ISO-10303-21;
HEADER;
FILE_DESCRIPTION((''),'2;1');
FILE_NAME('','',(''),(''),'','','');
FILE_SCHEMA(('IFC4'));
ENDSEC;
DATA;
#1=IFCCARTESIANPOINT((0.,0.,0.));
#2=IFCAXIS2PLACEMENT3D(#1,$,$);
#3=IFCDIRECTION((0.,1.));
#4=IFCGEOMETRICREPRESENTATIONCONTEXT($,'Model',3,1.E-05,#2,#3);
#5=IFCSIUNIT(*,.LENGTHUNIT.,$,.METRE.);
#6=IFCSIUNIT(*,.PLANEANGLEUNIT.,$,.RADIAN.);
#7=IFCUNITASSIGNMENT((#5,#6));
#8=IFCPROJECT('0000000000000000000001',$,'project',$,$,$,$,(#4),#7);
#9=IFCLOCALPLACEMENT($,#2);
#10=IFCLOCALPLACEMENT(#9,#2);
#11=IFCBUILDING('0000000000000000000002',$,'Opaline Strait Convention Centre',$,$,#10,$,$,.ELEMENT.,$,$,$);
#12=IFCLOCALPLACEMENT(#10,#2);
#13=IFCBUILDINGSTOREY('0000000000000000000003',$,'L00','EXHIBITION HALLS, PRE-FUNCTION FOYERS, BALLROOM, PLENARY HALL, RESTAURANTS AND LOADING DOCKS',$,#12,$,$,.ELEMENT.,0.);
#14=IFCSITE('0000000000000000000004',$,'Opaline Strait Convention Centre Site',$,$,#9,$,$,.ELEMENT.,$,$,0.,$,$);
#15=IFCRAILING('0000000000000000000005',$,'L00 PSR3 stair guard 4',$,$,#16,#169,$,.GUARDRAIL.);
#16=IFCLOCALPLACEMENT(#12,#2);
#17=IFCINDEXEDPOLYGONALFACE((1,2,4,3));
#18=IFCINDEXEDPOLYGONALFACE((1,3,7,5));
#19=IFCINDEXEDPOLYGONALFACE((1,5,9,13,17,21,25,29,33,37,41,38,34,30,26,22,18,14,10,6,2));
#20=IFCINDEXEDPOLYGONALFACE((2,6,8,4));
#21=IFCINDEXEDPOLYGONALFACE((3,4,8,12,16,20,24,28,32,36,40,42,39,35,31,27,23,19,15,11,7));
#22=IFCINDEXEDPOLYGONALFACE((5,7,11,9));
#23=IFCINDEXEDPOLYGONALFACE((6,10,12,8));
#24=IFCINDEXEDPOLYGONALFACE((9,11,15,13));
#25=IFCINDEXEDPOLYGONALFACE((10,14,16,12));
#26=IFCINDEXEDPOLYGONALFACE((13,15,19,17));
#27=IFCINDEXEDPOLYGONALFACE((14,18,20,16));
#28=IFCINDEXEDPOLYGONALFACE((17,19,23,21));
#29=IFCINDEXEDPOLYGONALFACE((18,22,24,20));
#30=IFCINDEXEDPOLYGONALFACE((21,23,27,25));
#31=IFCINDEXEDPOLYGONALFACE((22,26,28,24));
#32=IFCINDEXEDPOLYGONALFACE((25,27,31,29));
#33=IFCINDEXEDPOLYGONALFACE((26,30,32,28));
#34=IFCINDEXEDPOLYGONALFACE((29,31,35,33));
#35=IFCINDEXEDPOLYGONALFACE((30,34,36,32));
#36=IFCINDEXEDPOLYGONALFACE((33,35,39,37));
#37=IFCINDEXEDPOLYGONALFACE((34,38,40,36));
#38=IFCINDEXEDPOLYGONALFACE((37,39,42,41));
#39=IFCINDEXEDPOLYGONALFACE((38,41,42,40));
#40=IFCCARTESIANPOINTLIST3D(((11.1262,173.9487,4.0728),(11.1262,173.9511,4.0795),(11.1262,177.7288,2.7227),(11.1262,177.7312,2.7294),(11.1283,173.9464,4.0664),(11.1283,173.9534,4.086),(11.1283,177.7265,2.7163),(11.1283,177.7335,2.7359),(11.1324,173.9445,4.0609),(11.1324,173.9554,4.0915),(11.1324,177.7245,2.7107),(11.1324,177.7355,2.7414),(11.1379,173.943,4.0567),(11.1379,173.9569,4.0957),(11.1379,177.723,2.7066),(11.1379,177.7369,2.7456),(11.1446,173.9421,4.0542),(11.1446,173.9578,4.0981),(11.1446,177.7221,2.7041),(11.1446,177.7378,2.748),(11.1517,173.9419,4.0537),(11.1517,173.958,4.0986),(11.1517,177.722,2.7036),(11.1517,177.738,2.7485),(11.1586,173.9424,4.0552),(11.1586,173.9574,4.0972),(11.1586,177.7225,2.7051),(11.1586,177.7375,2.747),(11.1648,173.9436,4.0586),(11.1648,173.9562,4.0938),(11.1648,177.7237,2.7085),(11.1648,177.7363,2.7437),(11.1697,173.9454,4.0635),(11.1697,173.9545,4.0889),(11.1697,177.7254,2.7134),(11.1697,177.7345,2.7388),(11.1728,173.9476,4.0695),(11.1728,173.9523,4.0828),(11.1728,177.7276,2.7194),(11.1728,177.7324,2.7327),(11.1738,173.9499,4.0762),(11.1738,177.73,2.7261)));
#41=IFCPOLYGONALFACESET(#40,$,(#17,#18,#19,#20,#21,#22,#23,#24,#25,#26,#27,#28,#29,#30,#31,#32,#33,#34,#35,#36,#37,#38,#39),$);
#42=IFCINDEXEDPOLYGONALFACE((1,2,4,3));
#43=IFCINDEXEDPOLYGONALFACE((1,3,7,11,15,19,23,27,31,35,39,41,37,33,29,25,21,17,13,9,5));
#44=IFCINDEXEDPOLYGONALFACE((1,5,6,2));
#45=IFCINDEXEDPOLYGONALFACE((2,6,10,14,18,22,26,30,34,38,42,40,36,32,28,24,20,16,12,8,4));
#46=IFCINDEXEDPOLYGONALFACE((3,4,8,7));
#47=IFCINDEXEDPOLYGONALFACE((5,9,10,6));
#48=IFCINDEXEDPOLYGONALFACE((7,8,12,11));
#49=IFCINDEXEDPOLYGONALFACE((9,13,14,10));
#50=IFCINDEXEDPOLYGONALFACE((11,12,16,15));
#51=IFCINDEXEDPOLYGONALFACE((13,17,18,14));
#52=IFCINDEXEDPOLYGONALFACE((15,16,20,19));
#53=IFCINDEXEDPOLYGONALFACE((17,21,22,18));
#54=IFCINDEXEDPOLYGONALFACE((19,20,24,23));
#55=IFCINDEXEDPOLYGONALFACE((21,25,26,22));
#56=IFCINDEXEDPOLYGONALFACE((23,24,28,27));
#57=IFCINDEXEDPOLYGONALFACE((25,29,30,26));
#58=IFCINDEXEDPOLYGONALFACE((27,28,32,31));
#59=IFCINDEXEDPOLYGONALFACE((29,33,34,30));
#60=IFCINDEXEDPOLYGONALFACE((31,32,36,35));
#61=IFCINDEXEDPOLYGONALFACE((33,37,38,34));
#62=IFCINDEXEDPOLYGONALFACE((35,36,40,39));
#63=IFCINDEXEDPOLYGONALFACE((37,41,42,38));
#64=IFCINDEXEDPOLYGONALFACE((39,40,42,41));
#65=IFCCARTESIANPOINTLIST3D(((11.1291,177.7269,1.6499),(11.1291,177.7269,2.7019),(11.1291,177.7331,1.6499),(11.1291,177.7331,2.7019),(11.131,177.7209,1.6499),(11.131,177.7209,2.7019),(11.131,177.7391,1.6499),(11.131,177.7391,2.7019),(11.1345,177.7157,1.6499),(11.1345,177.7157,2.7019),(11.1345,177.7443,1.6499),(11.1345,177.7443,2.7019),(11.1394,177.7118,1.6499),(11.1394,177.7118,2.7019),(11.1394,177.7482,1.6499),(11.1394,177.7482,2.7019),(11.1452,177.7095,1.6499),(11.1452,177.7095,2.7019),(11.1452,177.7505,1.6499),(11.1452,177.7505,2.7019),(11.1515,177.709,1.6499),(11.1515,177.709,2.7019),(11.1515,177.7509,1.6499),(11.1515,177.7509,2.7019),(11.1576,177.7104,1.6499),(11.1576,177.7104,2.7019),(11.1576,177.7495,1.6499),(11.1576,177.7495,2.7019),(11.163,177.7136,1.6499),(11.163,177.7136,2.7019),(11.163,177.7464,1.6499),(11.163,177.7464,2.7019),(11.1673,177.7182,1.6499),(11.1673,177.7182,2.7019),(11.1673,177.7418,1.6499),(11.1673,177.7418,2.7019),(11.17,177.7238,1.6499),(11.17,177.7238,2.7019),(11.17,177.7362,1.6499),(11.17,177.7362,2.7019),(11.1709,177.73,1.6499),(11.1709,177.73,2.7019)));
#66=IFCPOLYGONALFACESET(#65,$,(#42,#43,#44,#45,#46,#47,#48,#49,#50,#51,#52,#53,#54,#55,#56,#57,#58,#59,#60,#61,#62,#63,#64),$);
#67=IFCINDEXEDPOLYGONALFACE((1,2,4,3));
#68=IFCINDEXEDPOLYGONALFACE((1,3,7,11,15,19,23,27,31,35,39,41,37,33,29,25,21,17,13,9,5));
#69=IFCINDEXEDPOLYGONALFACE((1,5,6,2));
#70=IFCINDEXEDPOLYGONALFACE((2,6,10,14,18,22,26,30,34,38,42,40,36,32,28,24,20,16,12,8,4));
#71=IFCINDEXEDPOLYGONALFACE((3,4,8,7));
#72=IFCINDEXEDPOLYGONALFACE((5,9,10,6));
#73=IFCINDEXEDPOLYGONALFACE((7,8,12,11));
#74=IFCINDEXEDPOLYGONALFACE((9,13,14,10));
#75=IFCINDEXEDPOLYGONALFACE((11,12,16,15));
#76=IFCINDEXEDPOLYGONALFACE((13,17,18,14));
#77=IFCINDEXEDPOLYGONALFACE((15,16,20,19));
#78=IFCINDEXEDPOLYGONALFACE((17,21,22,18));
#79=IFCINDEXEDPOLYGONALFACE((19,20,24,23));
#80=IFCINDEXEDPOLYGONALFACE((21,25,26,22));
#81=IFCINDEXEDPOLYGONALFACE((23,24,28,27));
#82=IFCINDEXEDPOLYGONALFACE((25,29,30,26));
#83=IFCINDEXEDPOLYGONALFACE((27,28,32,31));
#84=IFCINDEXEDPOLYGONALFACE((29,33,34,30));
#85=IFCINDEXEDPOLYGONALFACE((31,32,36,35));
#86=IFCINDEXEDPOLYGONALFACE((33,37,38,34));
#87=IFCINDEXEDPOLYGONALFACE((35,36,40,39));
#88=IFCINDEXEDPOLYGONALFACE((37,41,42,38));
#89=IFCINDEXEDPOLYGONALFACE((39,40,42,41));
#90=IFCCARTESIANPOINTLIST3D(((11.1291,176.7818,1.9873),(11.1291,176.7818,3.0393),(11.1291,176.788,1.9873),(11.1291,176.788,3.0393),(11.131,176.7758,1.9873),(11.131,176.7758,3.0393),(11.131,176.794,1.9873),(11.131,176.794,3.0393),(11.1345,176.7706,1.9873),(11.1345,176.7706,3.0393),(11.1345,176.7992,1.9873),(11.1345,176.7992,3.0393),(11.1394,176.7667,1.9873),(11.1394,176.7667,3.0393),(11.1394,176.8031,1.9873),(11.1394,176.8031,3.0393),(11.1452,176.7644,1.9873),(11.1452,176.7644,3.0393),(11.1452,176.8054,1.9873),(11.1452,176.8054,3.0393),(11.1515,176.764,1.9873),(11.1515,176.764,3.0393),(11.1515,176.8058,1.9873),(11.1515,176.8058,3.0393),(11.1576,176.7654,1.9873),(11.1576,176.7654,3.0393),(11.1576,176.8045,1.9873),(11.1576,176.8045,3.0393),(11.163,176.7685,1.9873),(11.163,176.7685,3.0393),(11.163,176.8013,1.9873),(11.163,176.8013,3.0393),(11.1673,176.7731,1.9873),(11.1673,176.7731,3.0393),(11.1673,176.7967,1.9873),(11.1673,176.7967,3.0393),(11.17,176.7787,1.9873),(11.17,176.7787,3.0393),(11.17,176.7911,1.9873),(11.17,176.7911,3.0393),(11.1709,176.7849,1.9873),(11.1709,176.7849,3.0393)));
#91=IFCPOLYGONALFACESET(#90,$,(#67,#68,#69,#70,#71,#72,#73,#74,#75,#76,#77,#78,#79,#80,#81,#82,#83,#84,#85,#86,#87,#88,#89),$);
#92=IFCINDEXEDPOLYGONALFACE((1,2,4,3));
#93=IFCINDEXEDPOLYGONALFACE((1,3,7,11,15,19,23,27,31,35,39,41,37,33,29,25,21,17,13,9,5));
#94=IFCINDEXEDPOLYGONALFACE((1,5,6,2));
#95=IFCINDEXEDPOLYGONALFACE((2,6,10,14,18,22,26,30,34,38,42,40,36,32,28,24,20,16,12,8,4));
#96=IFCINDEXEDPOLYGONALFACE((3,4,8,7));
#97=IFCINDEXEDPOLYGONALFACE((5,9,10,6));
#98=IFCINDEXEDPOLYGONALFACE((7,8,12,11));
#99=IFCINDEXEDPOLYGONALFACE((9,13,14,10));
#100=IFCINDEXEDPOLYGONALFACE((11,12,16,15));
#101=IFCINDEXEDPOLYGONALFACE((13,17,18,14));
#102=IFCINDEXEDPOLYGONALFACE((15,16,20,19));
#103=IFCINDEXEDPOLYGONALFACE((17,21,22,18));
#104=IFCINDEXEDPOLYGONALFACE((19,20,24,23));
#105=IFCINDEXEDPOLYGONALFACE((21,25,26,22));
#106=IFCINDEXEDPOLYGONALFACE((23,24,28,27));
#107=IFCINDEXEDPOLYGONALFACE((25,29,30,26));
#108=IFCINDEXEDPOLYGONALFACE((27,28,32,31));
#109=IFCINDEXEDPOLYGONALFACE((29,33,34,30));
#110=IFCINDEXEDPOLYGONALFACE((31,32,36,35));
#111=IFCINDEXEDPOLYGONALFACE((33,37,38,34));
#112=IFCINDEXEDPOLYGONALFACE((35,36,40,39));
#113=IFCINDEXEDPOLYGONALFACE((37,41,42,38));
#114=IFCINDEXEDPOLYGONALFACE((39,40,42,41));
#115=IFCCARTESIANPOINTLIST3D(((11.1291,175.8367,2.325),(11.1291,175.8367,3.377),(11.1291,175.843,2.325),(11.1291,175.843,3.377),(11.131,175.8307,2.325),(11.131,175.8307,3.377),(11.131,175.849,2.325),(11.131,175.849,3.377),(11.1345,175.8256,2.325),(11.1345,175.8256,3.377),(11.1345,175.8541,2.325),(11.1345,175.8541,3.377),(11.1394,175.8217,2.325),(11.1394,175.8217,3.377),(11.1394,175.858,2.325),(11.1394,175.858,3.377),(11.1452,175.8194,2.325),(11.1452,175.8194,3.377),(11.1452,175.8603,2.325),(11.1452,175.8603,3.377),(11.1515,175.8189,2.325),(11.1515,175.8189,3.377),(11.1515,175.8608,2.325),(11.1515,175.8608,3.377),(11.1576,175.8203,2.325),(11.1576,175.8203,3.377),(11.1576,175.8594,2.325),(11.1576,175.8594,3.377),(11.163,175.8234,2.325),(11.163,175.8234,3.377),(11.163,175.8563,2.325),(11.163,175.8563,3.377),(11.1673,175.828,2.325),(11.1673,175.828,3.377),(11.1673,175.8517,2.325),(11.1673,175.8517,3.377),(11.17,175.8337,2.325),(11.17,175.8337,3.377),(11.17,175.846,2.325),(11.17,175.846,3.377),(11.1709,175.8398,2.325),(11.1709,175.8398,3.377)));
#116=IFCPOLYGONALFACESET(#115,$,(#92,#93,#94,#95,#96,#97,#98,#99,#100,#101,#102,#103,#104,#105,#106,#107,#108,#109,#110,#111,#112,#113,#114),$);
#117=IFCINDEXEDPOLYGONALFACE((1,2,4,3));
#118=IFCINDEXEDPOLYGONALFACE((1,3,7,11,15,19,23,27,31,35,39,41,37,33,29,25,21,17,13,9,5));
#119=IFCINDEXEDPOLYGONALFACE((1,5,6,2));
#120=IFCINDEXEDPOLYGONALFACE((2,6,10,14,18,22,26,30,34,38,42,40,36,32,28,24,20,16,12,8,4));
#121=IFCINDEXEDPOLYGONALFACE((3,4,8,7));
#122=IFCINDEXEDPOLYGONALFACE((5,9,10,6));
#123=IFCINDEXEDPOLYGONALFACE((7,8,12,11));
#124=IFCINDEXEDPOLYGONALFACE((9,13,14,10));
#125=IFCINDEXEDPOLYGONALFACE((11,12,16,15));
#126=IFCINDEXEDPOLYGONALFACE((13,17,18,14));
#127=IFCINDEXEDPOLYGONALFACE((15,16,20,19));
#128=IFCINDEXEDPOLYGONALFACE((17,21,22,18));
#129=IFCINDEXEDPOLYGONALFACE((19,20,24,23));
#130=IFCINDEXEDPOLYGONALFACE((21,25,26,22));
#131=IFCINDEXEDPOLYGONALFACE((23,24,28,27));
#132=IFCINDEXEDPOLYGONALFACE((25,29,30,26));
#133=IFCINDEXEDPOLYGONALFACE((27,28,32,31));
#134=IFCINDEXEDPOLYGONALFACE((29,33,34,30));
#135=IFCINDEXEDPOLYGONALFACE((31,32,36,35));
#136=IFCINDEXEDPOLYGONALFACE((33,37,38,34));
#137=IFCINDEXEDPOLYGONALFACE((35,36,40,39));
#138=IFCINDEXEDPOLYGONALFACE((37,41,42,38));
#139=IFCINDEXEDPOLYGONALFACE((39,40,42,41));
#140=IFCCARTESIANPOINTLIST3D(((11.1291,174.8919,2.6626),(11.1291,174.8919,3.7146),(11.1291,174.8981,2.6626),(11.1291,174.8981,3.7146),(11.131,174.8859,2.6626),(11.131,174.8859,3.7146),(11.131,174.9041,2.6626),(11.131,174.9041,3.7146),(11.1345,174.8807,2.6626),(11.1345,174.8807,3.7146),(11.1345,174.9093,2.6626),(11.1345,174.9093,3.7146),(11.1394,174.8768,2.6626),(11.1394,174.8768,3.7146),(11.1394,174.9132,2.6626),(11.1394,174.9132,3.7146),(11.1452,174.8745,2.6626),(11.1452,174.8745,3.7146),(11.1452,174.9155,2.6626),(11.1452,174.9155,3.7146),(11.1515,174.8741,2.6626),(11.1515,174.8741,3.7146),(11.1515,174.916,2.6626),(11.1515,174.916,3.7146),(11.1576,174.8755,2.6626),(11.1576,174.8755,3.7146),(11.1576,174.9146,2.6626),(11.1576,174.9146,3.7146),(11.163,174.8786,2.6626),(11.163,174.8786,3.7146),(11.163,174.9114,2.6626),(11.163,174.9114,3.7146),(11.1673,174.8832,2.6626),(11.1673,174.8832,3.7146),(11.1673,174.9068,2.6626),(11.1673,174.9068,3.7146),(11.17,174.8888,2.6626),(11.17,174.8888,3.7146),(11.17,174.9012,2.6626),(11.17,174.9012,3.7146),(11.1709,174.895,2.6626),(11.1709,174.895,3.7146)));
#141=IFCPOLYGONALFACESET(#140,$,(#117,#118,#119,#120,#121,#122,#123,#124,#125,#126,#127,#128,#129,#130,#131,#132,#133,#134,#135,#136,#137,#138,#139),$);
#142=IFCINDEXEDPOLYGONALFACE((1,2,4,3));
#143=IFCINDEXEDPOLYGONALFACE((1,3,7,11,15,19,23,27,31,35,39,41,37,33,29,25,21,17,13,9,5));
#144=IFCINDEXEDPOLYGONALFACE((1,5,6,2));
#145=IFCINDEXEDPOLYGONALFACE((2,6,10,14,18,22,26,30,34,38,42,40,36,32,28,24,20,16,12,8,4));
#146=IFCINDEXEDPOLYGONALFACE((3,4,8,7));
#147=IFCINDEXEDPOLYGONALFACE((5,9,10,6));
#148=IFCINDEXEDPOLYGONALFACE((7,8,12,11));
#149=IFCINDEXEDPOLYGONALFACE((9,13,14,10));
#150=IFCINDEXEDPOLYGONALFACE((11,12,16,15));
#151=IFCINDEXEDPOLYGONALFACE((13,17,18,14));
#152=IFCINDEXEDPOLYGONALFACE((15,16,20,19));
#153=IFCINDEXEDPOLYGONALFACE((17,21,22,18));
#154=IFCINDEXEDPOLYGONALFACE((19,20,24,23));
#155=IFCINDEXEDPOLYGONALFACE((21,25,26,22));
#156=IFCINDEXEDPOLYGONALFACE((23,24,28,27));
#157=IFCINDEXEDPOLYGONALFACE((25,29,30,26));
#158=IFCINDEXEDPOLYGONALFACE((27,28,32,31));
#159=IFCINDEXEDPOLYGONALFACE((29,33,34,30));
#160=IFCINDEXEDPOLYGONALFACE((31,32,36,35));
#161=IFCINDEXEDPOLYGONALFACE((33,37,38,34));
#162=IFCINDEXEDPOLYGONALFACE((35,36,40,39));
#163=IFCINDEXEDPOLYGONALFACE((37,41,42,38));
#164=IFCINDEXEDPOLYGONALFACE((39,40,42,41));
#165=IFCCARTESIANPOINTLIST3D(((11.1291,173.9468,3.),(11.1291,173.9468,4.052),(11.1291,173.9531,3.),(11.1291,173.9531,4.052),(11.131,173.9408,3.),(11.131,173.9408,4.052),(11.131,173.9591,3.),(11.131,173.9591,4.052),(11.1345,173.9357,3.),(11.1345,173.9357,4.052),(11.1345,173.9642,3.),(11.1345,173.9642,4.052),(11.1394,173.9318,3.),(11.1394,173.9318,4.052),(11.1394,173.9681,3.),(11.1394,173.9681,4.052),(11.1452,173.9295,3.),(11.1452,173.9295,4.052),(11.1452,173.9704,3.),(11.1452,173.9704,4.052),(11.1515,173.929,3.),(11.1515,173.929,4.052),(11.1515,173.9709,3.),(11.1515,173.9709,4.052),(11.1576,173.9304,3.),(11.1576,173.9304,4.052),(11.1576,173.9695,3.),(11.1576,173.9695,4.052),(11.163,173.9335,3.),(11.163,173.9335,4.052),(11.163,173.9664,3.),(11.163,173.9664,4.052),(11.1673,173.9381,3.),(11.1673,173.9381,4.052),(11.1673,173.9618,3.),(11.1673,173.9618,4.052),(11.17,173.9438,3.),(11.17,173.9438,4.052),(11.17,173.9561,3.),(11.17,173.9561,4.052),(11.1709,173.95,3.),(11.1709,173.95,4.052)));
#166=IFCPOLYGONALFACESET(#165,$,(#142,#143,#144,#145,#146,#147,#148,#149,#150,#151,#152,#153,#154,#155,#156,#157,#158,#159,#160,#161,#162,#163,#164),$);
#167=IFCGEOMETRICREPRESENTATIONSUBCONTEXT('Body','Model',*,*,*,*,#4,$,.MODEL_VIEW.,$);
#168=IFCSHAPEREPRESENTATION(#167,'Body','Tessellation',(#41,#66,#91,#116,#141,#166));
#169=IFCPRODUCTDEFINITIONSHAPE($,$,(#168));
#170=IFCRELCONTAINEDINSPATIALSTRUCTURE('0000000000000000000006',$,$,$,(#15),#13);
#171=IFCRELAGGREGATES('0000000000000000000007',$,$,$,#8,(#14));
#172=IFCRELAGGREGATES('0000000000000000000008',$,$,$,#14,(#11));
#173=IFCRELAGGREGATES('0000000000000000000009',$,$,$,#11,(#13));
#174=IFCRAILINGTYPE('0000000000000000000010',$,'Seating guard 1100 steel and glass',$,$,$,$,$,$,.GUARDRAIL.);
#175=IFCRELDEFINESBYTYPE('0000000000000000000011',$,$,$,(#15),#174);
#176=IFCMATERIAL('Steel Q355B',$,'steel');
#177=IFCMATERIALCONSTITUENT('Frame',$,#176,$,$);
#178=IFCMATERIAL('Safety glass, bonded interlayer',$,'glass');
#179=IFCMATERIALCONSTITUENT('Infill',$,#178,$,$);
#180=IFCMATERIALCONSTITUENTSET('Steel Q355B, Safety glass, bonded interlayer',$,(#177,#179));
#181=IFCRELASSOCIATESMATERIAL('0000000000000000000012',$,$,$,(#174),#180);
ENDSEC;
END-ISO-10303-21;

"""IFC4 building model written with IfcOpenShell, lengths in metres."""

from ifc_helpers import new_model, si_unit, direction, frame, origin, origin_2d, place, context, subcontext, project, spatial, circle, extrude, material, constituent, constituent_set, type_object, element, save


model = new_model("IFC4")

# Units and contexts
model_context = context("Model", 3, precision=1e-05, world=origin(), true_north=direction((0.0, 1.0)))
body_context = subcontext(model_context, "Body", "Model", "MODEL_VIEW")
ifc_project = project(units=[si_unit("LENGTHUNIT", "METRE"), si_unit("PLANEANGLEUNIT", "RADIAN")], contexts=[model_context])

# Site, building, storey
site_placement = place(None, origin())
site = spatial("IfcSite", under=ifc_project, at=site_placement, Name="Opaline Strait Convention Centre Site", CompositionType="ELEMENT", RefElevation=0.0)
building_placement = place(site_placement, origin())
building = spatial("IfcBuilding", under=site, at=building_placement, Name="Opaline Strait Convention Centre", CompositionType="ELEMENT")
storey_placement = place(building_placement, origin())
storey = spatial("IfcBuildingStorey", under=building, at=storey_placement, Name="L00", Description="EXHIBITION HALLS, PRE-FUNCTION FOYERS, BALLROOM, PLENARY HALL, RESTAURANTS AND LOADING DOCKS", CompositionType="ELEMENT", Elevation=0.0)

# Railing
ifc_material_1 = material(Name="Steel Q355B", Category="steel")
ifc_constituent_1 = constituent(ifc_material_1, Name="Frame")
ifc_material_2 = material(Name="Safety glass, bonded interlayer", Category="glass")
ifc_constituent_2 = constituent(ifc_material_2, Name="Infill")
ifc_constituent_set = constituent_set(constituents=[ifc_constituent_1, ifc_constituent_2], Name="Steel Q355B, Safety glass, bonded interlayer")
railing_type_1 = type_object("IfcRailingType", Name="Seating guard 1100 steel and glass", PredefinedType="GUARDRAIL", material=ifc_constituent_set)
railing_1_placement = place(storey_placement, frame((11.1499, 177.73, 1.6499)))
element("IfcRailing", 1, at=railing_1_placement, inside=storey, type_object=railing_type_1, Name="L00 PSR3 stair guard 4", PredefinedType="GUARDRAIL", context=body_context, shape_type="SweptSolid", body=[
    extrude(circle(Radius=0.0239, at=origin_2d()), frame((0.0, 0.0, 1.0762), z_axis=(0.0, -0.941735, 0.336356), x_axis=(1.0, 0.0, 0.0)), (0.0, 0.0, 1.0), 4.0139),
    extrude(circle(Radius=0.021, at=origin_2d()), origin(), (0.0, 0.0, 1.0), 1.052),
    extrude(circle(Radius=0.021, at=origin_2d()), frame((0.0, -0.9451, 0.3374)), (0.0, 0.0, 1.0), 1.052),
    extrude(circle(Radius=0.021, at=origin_2d()), frame((0.0, -1.8901, 0.675)), (0.0, 0.0, 1.0), 1.052),
    extrude(circle(Radius=0.021, at=origin_2d()), frame((0.0, -2.835, 1.0127)), (0.0, 0.0, 1.0), 1.052),
    extrude(circle(Radius=0.021, at=origin_2d()), frame((0.0, -3.78, 1.3501)), (0.0, 0.0, 1.0), 1.052),
])

save(model, "model.ifc")
